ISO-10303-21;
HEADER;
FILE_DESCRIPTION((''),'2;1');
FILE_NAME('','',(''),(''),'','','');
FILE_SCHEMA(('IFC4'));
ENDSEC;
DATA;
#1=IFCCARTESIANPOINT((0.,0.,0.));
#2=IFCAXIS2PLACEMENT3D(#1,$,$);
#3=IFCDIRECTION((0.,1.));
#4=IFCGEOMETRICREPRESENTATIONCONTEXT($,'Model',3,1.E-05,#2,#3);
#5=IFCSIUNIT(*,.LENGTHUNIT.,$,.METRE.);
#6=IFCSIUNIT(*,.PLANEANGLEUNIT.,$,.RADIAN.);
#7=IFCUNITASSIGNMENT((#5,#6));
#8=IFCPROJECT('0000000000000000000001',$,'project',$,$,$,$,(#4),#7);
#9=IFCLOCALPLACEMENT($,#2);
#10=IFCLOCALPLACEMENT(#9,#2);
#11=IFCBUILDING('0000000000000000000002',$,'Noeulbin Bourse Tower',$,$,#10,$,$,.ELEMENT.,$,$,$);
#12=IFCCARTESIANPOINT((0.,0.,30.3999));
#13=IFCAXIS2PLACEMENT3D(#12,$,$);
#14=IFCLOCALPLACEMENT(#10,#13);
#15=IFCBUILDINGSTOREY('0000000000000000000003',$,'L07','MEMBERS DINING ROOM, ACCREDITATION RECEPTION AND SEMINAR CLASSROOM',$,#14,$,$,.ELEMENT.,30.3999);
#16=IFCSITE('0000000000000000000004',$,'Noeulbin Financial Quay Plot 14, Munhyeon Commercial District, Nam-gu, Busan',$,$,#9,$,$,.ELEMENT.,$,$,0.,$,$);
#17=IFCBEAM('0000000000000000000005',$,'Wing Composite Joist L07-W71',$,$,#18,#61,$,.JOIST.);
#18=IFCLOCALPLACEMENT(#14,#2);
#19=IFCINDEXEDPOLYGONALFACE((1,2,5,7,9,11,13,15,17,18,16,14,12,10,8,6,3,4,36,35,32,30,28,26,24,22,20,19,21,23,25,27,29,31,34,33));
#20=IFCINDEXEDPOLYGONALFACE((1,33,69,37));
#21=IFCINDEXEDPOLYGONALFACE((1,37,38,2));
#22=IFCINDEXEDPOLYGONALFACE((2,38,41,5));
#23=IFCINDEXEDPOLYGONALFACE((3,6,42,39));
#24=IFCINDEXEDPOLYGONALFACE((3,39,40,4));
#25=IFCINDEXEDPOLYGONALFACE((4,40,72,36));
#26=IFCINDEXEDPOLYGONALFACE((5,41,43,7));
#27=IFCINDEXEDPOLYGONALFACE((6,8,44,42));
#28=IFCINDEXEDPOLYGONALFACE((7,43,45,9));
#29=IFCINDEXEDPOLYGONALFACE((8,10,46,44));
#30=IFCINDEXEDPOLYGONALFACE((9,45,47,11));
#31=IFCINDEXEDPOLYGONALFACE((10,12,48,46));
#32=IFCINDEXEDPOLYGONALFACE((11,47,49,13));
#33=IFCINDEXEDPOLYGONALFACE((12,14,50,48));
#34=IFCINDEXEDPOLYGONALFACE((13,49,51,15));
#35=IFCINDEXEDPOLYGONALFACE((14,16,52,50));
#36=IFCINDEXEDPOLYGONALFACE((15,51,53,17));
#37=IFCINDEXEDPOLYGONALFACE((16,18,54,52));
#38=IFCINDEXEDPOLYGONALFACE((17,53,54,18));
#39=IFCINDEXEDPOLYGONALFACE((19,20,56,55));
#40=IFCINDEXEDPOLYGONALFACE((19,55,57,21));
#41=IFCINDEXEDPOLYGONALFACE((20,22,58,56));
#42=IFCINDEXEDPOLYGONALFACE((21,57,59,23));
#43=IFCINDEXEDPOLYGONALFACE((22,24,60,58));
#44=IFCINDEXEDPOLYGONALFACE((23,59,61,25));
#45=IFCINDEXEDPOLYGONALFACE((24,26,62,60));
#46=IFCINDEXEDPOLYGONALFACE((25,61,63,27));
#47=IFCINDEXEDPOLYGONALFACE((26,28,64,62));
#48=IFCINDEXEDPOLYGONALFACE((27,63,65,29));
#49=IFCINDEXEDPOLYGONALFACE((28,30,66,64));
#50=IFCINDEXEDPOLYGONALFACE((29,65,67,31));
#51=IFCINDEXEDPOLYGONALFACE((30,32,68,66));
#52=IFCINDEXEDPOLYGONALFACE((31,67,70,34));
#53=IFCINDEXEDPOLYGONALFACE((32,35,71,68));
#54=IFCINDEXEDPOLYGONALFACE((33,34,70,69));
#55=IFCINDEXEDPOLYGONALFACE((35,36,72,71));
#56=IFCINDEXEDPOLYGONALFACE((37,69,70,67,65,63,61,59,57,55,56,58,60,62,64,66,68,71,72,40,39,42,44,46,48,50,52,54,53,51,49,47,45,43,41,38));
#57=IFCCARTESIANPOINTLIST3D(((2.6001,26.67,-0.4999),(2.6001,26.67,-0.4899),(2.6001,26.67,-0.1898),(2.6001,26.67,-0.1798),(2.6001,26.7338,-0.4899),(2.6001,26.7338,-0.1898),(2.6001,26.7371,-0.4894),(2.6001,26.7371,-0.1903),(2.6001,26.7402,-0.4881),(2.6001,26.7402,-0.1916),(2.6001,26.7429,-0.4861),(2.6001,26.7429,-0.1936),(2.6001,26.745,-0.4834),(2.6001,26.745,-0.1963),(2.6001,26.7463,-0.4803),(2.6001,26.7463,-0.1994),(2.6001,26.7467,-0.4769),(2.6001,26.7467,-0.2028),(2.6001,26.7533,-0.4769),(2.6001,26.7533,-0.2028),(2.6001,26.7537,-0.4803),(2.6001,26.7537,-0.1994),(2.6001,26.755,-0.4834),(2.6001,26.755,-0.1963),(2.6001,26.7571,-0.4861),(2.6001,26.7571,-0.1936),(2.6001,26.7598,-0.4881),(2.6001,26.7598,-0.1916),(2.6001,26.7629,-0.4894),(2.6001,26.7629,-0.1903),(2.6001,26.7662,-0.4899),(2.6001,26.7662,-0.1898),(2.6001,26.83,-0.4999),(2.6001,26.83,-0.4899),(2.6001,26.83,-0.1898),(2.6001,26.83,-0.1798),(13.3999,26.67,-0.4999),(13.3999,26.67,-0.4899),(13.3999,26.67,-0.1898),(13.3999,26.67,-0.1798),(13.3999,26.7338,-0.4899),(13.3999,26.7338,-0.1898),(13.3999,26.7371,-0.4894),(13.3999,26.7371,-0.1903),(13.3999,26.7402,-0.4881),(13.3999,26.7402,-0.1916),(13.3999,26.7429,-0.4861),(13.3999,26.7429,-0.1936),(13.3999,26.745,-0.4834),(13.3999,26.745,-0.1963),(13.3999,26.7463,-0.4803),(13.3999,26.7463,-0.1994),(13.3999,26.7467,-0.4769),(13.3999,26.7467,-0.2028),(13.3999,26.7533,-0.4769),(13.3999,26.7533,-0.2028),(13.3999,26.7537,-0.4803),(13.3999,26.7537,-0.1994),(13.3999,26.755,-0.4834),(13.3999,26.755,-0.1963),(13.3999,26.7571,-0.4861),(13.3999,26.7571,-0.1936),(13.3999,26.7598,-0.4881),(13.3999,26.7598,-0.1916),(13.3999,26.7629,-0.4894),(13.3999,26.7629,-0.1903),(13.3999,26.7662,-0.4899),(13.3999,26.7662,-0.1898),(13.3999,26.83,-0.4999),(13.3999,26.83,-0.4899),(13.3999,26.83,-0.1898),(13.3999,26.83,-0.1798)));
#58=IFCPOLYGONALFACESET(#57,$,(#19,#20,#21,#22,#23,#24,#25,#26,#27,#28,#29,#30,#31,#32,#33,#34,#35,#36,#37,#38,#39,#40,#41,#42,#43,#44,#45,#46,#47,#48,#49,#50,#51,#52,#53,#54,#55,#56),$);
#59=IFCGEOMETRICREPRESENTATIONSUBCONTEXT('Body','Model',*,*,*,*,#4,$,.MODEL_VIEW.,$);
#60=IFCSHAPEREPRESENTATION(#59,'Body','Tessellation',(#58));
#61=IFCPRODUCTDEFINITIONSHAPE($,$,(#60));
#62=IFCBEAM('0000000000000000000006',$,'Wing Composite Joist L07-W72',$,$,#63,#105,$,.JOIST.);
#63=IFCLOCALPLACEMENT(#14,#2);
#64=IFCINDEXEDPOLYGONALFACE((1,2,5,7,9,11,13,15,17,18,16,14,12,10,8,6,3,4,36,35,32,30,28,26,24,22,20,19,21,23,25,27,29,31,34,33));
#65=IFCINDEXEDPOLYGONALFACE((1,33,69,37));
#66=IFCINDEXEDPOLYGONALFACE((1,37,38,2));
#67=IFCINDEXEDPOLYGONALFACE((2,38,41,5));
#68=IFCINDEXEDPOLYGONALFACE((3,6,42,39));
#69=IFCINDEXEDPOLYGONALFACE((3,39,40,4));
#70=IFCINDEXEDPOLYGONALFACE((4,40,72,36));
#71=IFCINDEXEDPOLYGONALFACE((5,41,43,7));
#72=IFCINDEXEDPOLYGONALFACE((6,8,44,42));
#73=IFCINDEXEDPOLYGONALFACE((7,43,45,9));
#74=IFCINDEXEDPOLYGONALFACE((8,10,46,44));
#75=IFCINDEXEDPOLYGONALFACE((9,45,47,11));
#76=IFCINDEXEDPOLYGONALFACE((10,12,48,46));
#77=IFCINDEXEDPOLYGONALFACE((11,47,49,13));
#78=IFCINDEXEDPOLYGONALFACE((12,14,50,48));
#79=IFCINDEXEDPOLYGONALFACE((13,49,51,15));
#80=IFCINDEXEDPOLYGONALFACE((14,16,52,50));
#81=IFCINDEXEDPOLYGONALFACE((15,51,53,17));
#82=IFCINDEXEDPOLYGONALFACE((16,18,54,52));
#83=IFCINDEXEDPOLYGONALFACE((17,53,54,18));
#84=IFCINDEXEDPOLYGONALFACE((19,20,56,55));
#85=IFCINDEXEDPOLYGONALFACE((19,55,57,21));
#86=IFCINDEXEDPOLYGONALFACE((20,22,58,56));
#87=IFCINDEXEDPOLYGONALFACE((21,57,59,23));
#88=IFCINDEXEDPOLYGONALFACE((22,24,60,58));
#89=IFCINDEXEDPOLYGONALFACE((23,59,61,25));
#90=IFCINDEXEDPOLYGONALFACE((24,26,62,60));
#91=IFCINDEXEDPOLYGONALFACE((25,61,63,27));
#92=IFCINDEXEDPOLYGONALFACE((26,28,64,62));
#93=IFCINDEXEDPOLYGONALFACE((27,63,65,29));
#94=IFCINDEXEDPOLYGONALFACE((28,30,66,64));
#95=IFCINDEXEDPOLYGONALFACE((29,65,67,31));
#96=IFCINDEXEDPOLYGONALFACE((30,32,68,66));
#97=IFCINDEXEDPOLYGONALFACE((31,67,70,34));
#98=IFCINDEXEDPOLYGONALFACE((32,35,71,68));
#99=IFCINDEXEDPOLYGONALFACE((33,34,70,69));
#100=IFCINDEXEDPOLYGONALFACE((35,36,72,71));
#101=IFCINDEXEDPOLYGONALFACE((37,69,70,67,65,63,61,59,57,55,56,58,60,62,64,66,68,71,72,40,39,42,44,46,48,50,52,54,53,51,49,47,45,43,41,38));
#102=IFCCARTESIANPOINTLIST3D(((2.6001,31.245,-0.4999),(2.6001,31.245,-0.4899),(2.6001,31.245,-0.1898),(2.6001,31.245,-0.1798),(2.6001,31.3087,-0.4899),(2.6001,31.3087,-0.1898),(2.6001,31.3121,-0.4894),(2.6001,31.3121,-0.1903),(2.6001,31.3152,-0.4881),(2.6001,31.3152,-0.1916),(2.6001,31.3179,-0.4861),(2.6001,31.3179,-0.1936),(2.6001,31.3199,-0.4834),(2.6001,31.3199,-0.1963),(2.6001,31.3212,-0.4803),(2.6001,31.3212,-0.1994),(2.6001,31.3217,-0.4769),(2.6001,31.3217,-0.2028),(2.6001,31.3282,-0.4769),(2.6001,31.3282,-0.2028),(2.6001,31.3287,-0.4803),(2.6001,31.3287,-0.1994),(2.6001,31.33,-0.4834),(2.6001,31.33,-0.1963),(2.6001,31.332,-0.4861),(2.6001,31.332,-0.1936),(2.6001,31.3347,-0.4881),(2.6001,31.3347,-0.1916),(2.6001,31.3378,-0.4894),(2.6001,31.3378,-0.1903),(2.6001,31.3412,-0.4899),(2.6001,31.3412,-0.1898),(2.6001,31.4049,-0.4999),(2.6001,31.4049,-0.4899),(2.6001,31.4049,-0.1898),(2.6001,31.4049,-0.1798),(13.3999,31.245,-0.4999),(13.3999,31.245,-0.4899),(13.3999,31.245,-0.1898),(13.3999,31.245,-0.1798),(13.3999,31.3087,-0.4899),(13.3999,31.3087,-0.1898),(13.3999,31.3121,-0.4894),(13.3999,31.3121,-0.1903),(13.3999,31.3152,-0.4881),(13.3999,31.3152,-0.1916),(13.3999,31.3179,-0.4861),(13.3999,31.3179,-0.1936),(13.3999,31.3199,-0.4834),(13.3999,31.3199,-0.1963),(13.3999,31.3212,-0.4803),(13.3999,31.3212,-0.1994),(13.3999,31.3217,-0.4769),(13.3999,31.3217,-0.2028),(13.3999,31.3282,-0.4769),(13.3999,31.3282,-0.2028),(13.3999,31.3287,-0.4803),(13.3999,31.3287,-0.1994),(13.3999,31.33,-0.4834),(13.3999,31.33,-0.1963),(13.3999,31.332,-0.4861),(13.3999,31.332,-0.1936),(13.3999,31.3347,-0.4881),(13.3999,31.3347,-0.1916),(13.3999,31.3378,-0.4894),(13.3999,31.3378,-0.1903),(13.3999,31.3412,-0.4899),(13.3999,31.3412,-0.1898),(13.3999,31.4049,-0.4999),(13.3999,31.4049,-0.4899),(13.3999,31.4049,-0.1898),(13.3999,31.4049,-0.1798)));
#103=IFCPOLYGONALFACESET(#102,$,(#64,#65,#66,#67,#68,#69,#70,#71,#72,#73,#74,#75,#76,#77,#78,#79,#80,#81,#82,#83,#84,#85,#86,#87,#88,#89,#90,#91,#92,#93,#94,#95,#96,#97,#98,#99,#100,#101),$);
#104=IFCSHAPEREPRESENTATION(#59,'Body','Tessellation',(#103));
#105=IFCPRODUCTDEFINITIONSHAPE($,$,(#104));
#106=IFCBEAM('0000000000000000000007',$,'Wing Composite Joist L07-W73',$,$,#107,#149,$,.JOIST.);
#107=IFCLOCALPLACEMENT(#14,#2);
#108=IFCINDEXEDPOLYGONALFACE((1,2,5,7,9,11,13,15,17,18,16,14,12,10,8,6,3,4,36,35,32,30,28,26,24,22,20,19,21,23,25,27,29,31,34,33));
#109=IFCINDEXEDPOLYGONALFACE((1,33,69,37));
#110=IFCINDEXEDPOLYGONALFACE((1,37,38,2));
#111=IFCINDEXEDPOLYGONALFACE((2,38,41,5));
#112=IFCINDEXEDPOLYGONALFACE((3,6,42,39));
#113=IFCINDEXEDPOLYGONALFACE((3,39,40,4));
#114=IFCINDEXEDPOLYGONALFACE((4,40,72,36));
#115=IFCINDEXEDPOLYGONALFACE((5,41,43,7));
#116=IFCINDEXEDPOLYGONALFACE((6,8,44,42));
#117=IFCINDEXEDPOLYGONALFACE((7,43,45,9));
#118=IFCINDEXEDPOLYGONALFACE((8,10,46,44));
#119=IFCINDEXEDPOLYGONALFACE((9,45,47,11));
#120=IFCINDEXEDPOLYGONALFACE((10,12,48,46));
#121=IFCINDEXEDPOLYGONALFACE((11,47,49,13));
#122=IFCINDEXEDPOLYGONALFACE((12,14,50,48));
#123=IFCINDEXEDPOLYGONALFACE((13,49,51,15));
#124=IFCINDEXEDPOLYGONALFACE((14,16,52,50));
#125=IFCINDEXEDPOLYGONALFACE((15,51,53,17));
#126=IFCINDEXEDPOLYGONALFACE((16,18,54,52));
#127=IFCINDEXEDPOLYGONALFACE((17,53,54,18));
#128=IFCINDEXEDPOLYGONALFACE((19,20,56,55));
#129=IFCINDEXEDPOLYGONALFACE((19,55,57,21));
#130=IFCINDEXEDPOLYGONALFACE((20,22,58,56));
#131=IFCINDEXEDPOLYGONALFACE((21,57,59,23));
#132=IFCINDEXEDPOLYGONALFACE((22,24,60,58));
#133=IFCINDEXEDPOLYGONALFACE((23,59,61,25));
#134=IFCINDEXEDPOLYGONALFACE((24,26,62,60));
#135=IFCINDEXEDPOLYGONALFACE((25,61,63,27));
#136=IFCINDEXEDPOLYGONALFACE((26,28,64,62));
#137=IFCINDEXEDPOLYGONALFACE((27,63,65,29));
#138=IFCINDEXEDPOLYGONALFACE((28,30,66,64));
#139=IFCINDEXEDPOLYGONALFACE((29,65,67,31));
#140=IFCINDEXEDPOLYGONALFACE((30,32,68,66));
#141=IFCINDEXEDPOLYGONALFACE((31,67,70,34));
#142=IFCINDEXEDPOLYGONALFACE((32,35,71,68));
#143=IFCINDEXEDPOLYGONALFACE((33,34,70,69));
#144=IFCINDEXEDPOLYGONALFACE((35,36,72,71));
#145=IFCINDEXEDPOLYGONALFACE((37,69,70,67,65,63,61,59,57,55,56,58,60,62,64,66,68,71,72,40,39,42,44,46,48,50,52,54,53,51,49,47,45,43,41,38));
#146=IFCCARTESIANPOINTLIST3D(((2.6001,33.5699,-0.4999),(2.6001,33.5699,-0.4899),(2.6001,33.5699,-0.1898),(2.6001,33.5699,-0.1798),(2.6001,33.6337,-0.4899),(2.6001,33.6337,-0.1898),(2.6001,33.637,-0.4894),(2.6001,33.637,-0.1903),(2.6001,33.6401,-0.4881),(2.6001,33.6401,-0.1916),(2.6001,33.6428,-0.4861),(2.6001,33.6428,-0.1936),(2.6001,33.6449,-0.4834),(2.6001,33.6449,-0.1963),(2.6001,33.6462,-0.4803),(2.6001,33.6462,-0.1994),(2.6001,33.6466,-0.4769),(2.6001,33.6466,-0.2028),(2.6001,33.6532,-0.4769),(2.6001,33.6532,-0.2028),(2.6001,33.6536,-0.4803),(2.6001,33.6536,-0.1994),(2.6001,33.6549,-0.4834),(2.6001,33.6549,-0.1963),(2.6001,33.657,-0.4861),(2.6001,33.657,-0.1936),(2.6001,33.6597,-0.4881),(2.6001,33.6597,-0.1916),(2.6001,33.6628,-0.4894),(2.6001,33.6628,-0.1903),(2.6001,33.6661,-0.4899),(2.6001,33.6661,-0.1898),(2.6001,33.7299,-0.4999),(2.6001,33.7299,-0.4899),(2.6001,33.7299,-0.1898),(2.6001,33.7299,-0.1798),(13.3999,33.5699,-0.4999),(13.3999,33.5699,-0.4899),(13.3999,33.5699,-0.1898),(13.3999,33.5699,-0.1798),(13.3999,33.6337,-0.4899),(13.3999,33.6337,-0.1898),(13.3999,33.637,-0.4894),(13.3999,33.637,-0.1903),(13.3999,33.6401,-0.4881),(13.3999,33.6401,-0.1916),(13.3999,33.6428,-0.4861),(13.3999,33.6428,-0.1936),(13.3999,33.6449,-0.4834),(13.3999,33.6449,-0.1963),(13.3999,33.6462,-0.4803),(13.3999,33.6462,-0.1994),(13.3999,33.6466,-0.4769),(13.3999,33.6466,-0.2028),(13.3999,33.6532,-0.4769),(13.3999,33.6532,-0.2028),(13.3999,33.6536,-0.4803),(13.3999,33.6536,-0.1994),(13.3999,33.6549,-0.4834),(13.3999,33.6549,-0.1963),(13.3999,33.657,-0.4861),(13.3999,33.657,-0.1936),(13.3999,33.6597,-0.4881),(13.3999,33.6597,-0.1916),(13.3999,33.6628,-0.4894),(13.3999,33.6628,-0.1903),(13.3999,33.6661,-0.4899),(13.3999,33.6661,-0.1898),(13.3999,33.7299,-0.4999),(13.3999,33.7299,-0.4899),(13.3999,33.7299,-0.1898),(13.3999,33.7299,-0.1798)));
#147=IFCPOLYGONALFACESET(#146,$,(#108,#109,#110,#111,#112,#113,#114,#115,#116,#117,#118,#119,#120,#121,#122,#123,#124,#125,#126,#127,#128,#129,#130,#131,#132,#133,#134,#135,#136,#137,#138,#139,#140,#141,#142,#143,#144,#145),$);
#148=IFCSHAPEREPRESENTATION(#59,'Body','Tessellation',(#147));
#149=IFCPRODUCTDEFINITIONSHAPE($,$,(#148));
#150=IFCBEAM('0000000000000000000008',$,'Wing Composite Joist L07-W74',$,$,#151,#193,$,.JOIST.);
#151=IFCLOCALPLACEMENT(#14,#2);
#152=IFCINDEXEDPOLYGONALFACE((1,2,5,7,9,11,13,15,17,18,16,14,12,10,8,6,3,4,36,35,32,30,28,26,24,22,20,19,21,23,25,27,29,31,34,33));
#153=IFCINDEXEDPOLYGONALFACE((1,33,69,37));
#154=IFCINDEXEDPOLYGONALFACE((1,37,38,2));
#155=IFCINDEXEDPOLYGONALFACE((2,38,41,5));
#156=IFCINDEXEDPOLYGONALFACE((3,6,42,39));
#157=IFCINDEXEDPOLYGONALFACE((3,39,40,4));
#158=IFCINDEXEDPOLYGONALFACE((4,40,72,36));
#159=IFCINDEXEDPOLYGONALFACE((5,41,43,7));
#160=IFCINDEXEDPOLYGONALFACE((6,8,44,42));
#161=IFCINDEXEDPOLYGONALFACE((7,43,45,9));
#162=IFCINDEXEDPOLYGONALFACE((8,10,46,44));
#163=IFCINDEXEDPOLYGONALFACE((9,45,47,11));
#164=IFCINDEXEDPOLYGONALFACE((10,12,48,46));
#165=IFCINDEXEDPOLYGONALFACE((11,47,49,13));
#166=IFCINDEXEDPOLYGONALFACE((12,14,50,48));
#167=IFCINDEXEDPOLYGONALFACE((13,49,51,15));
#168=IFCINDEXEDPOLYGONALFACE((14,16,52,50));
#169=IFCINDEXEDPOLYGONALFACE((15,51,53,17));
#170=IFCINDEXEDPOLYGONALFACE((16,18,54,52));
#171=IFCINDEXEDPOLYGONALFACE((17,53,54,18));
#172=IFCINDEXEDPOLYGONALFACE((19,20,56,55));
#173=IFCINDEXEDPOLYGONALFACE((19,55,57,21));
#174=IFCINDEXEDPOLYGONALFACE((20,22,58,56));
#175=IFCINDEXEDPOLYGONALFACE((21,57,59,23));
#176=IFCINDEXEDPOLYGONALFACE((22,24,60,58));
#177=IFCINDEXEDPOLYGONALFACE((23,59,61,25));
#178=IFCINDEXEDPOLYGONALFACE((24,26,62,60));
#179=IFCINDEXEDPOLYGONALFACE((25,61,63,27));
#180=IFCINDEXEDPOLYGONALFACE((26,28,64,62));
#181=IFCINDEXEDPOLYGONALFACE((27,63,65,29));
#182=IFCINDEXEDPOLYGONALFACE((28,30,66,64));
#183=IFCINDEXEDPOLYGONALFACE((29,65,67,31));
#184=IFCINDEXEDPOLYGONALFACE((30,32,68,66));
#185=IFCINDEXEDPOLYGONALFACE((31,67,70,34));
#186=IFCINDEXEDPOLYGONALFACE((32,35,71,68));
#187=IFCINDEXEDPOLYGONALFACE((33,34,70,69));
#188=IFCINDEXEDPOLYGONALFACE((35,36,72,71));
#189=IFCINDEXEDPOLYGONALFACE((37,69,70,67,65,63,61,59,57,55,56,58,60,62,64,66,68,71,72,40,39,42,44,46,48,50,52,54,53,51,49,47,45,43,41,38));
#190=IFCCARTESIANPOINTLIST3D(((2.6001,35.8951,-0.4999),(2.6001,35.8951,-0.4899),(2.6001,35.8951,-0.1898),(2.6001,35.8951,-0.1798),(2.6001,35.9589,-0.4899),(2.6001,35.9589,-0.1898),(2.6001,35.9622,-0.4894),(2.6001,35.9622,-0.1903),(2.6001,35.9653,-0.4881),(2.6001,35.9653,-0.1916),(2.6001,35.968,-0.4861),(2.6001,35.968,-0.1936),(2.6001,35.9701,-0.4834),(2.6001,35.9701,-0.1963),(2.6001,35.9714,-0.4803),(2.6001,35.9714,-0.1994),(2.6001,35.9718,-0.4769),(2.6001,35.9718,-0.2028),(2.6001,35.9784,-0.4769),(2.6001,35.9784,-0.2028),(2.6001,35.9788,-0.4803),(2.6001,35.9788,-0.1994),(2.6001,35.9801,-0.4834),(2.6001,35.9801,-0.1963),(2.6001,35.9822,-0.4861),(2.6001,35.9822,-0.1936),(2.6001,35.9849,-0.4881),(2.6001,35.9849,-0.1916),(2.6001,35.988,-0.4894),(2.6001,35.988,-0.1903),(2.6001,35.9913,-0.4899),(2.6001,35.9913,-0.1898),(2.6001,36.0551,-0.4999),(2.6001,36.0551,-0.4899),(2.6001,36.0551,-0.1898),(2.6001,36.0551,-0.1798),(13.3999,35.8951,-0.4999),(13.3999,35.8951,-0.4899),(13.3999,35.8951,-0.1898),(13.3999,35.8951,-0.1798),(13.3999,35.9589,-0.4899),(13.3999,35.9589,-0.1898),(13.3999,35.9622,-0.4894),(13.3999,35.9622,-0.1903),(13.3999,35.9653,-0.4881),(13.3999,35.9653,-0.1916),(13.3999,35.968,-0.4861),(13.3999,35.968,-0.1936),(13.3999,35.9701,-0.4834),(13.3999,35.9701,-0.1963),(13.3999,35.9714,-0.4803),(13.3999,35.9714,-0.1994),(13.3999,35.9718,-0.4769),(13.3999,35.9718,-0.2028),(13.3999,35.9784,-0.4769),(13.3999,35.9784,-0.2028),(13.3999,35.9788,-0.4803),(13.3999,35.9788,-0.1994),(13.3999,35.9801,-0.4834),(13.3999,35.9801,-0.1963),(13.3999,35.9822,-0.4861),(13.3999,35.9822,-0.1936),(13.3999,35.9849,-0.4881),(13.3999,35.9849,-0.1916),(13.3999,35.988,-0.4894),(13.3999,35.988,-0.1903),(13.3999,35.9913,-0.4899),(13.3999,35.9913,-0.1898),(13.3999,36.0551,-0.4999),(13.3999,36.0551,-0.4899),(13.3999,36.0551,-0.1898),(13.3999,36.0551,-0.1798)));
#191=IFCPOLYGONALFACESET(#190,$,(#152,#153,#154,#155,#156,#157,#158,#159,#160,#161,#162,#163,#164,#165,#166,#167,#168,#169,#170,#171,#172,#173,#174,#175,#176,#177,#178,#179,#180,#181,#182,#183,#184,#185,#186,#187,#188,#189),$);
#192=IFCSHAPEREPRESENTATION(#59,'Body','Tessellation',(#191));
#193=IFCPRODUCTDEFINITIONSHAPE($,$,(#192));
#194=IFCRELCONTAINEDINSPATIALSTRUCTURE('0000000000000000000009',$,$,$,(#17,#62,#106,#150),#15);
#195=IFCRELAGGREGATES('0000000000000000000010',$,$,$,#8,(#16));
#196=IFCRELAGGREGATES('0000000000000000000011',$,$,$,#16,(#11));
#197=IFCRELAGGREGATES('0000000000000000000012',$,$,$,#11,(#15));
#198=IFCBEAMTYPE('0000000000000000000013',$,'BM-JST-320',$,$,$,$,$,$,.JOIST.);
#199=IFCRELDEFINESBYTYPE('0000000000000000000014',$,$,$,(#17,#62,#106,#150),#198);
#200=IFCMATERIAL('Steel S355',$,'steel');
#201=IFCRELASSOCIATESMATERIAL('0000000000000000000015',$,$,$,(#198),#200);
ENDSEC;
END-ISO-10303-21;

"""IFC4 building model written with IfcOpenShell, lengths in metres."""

from ifc_helpers import new_model, si_unit, direction, frame, origin, origin_2d, place, context, subcontext, project, spatial, i_section, extrude, material, material_profile, profile_set, type_object, element, save


model = new_model("IFC4")

# Units and contexts
model_context = context("Model", 3, precision=1e-05, world=origin(), true_north=direction((0.0, 1.0)))
body_context = subcontext(model_context, "Body", "Model", "MODEL_VIEW")
ifc_project = project(units=[si_unit("LENGTHUNIT", "METRE"), si_unit("PLANEANGLEUNIT", "RADIAN")], contexts=[model_context])

# Site, building, storey
site_placement = place(None, origin())
site = spatial("IfcSite", under=ifc_project, at=site_placement, Name="Noeulbin Financial Quay Plot 14, Munhyeon Commercial District, Nam-gu, Busan", CompositionType="ELEMENT", RefElevation=0.0)
building_placement = place(site_placement, origin())
building = spatial("IfcBuilding", under=site, at=building_placement, Name="Noeulbin Bourse Tower", CompositionType="ELEMENT")
storey_placement = place(building_placement, frame((0.0, 0.0, 30.3999)))
storey = spatial("IfcBuildingStorey", under=building, at=storey_placement, Name="L07", Description="MEMBERS DINING ROOM, ACCREDITATION RECEPTION AND SEMINAR CLASSROOM", CompositionType="ELEMENT", Elevation=30.3999)

# Beams
ifc_material_1 = material(Name="Steel S355", Category="steel")
ifc_material_profile_1 = material_profile(ifc_material_1, i_section(OverallWidth=0.1599, OverallDepth=0.3201, WebThickness=0.0066, FlangeThickness=0.01, FilletRadius=0.0129, at=origin_2d()), Name="H-320x160x6.5x10", Category="LoadBearing")
ifc_profile_set_1 = profile_set([ifc_material_profile_1], Name="Steel S355")
beam_type_1 = type_object("IfcBeamType", Name="BM-JST-320", PredefinedType="JOIST", material=ifc_profile_set_1)
for number, where, z_axis, x_axis, name in (
    (1, (2.6001, 26.75, -0.3398), (1.0, 0.0, 0.0), (0.0, 1.0, 0.0), "Wing Composite Joist L07-W71"),
    (2, (2.6001, 31.325, -0.3398), (1.0, 0.0, 0.0), (0.0, 1.0, 0.0), "Wing Composite Joist L07-W72"),
    (3, (2.6001, 33.6499, -0.3398), (1.0, 0.0, 0.0), (0.0, 1.0, 0.0), "Wing Composite Joist L07-W73"),
    (4, (2.6001, 35.9751, -0.3398), (1.0, 0.0, 0.0), (0.0, 1.0, 0.0), "Wing Composite Joist L07-W74"),
):
    element("IfcBeam", number, at=place(storey_placement, frame(where, z_axis=z_axis, x_axis=x_axis)), inside=storey, type_object=beam_type_1, Name=name, PredefinedType="JOIST", context=body_context, shape_type="SweptSolid", body=[
        extrude(i_section(OverallWidth=0.1599, OverallDepth=0.3201, WebThickness=0.0066, FlangeThickness=0.01, FilletRadius=0.0129, at=origin_2d()), origin(), (0.0, 0.0, 1.0), 10.7998),
    ])

save(model, "model.ifc")
